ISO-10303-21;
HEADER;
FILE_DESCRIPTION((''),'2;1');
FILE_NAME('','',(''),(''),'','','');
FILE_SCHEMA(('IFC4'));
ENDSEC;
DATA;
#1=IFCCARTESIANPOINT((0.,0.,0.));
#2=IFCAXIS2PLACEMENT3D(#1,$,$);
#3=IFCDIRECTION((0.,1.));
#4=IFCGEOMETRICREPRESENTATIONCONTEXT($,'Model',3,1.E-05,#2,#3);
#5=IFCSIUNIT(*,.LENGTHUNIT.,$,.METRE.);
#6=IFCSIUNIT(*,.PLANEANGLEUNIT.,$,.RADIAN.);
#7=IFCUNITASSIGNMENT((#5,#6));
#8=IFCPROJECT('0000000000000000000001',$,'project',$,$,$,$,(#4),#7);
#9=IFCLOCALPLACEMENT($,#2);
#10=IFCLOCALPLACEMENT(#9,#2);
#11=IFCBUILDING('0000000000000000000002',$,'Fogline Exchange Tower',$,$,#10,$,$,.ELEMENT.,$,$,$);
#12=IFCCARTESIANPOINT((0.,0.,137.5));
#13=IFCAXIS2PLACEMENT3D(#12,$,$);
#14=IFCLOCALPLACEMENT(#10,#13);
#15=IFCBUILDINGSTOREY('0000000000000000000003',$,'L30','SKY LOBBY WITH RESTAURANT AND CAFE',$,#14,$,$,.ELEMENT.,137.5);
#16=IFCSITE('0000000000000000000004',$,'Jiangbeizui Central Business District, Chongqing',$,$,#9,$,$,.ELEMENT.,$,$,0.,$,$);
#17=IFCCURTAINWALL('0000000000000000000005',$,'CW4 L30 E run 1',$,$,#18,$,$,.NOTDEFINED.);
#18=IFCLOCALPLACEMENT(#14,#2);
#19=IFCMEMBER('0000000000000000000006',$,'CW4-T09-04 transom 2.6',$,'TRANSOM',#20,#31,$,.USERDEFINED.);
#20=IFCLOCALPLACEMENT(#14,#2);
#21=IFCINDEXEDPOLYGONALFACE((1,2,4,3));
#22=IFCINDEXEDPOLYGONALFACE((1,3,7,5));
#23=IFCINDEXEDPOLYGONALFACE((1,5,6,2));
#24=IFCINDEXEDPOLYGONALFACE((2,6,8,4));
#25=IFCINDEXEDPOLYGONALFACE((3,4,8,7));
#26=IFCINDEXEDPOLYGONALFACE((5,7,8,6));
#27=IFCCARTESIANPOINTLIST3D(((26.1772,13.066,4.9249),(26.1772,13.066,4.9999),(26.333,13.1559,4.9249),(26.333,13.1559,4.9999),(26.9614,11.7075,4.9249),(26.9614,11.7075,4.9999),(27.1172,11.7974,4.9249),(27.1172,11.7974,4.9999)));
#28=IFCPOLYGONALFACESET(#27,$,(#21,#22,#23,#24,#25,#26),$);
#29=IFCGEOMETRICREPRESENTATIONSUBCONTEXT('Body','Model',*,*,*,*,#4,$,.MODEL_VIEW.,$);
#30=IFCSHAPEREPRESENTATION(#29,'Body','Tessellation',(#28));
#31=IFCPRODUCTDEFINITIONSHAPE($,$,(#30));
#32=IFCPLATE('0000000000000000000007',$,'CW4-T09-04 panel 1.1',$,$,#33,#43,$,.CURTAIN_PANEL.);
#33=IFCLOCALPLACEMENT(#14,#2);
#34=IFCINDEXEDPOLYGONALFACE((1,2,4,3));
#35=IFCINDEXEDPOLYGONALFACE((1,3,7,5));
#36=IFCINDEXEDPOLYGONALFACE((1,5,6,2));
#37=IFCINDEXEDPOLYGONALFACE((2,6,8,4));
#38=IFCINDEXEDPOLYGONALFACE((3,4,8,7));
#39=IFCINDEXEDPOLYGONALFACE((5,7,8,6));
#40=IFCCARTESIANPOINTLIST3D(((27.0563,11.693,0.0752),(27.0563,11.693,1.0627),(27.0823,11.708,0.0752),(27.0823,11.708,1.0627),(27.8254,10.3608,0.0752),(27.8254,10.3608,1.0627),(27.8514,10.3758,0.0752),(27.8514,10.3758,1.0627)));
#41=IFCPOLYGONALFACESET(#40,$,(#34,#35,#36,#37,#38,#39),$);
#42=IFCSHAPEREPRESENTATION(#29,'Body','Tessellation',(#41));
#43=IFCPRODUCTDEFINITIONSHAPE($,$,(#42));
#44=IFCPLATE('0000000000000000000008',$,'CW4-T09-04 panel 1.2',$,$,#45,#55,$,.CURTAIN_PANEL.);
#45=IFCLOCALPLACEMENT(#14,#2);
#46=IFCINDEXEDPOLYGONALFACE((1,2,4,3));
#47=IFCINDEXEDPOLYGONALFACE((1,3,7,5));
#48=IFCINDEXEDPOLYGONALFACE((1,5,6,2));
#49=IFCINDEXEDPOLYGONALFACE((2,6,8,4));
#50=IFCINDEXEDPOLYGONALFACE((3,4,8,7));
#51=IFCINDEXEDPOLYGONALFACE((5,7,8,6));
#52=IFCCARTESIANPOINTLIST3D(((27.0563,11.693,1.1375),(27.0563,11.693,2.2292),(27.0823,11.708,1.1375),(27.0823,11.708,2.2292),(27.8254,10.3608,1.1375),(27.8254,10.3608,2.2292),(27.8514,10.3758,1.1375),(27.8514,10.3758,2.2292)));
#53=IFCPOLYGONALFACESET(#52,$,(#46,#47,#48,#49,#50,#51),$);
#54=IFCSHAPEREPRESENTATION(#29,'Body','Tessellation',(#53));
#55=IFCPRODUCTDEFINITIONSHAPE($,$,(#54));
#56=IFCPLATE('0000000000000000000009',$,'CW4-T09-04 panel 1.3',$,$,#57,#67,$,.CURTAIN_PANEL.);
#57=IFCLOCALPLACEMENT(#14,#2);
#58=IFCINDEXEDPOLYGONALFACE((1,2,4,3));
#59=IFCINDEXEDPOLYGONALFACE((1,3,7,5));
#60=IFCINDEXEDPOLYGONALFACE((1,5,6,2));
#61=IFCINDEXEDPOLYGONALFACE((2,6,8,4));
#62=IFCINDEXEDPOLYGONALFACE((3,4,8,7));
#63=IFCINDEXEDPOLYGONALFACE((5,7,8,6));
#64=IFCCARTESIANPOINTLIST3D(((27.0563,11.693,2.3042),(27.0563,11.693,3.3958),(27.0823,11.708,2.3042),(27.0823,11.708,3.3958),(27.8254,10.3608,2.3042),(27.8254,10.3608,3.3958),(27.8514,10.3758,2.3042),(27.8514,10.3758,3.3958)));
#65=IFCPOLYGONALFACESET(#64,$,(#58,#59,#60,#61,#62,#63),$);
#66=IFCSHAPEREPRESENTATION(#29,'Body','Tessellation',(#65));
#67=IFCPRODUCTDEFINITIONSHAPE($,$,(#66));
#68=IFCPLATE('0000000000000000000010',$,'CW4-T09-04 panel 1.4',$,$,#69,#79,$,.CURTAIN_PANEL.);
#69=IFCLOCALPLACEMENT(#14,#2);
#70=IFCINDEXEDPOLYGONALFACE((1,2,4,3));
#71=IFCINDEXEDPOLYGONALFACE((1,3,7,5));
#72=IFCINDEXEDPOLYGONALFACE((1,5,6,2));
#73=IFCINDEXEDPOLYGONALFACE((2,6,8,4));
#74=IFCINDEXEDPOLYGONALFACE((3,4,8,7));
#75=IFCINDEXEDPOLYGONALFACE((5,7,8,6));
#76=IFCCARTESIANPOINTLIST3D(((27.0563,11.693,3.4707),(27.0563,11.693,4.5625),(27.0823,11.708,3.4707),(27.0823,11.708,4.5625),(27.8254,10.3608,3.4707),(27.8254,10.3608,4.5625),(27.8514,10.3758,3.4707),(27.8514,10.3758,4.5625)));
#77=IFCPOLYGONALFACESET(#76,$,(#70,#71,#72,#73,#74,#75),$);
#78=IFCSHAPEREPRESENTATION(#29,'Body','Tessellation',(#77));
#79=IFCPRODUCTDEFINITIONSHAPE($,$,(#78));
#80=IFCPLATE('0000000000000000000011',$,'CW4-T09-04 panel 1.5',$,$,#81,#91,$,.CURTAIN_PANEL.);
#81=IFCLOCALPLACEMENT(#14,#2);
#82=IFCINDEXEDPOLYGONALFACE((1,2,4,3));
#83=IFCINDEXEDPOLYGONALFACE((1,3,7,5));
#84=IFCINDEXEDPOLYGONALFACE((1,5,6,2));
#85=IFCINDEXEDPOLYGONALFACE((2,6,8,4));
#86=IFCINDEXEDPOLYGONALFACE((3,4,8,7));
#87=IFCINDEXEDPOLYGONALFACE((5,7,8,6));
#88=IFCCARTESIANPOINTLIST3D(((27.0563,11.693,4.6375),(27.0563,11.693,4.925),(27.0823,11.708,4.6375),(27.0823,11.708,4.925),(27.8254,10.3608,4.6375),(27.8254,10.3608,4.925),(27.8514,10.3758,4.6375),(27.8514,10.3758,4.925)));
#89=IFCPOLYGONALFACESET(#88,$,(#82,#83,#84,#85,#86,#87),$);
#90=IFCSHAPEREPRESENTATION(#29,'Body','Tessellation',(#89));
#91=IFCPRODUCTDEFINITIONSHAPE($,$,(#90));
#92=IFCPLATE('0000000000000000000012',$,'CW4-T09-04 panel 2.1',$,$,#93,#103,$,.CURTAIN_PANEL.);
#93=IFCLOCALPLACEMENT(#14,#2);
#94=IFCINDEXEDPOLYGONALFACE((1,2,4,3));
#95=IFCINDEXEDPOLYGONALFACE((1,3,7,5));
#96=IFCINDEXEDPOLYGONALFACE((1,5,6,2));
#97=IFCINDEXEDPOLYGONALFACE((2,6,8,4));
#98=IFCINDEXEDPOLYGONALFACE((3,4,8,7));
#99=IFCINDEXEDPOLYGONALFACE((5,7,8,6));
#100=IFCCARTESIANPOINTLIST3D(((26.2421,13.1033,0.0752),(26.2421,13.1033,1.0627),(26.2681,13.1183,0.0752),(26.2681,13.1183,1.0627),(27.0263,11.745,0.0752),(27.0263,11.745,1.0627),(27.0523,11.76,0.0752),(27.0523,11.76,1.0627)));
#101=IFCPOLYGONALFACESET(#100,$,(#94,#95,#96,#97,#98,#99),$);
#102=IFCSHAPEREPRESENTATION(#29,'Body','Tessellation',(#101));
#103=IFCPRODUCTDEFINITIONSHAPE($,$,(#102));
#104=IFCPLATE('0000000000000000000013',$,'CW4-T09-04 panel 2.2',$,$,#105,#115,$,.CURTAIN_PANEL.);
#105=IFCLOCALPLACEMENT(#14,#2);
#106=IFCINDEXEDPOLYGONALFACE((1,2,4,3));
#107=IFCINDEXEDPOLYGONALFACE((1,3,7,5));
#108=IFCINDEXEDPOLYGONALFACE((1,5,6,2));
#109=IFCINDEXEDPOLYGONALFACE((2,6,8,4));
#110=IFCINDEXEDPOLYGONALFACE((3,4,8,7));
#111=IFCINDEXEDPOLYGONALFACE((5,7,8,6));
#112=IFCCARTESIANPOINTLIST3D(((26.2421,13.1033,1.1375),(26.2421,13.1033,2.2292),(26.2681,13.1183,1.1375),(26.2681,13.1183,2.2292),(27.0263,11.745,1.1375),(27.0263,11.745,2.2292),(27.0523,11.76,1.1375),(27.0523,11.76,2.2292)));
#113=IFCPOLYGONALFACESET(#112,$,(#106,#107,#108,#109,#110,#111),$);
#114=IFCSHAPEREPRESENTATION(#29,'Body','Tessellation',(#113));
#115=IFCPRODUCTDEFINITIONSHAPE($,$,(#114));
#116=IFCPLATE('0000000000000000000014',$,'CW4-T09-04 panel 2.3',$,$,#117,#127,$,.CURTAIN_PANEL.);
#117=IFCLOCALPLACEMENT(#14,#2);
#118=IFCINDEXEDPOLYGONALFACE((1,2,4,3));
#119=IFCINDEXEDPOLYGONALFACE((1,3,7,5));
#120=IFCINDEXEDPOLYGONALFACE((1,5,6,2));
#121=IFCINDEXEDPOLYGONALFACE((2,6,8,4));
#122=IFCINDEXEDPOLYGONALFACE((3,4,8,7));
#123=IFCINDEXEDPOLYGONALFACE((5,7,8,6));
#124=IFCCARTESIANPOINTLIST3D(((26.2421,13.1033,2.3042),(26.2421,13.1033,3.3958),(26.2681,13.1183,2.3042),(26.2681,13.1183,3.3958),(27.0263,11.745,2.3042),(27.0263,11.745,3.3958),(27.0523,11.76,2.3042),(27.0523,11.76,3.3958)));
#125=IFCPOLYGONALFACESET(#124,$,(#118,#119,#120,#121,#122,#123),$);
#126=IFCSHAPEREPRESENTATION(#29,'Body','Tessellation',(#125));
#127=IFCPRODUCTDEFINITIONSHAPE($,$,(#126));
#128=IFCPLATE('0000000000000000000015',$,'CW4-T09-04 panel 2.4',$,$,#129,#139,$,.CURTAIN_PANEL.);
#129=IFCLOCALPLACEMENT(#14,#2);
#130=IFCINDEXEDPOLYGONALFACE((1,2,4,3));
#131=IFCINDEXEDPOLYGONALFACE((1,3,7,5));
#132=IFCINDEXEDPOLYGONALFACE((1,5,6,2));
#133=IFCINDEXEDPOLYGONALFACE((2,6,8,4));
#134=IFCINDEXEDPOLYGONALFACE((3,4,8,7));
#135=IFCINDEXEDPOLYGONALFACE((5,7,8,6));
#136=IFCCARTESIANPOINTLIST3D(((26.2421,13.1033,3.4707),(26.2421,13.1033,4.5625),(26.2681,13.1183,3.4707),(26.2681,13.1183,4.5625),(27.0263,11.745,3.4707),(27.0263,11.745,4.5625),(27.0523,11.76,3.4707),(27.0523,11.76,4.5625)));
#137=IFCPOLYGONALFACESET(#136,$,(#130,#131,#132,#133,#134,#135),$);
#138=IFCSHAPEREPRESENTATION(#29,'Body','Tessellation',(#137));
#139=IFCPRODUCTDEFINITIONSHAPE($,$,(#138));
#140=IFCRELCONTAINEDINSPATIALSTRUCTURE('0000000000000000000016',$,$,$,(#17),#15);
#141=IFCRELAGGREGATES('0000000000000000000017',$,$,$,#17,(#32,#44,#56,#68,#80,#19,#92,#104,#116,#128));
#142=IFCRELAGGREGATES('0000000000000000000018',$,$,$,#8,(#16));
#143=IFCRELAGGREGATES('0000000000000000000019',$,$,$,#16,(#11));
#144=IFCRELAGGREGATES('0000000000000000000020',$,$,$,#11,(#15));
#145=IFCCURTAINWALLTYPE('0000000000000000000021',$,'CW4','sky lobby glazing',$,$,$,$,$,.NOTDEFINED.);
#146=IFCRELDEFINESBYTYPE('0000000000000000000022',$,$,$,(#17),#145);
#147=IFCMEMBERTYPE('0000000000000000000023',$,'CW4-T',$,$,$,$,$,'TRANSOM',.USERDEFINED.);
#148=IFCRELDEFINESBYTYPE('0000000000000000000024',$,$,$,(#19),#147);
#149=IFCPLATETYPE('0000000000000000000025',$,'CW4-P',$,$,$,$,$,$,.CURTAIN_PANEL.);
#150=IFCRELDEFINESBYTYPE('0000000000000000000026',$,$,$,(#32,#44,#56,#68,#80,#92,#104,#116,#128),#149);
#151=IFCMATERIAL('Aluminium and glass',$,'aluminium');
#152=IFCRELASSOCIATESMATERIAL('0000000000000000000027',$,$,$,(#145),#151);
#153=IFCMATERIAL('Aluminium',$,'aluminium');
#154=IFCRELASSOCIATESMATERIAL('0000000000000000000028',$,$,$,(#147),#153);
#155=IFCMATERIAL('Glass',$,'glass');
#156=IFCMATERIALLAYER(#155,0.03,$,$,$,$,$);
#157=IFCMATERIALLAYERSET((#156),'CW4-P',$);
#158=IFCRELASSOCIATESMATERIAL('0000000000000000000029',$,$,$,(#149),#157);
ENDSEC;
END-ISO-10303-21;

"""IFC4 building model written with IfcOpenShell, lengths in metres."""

from ifc_helpers import new_model, si_unit, direction, frame, origin, origin_2d, place, context, subcontext, project, spatial, rectangle, extrude, material, layer, layer_set, material_profile, profile_set, type_object, element, aggregate, save


model = new_model("IFC4")

# Units and contexts
model_context = context("Model", 3, precision=1e-05, world=origin(), true_north=direction((0.0, 1.0)))
body_context = subcontext(model_context, "Body", "Model", "MODEL_VIEW")
ifc_project = project(units=[si_unit("LENGTHUNIT", "METRE"), si_unit("PLANEANGLEUNIT", "RADIAN")], contexts=[model_context])

# Site, building, storey
site_placement = place(None, origin())
site = spatial("IfcSite", under=ifc_project, at=site_placement, Name="Jiangbeizui Central Business District, Chongqing", CompositionType="ELEMENT", RefElevation=0.0)
building_placement = place(site_placement, origin())
building = spatial("IfcBuilding", under=site, at=building_placement, Name="Fogline Exchange Tower", CompositionType="ELEMENT")
storey_placement = place(building_placement, frame((0.0, 0.0, 137.5)))
storey = spatial("IfcBuildingStorey", under=building, at=storey_placement, Name="L30", Description="SKY LOBBY WITH RESTAURANT AND CAFE", CompositionType="ELEMENT", Elevation=137.5)

# Curtain wall, member, plates
ifc_material_1 = material(Name="Aluminium and glass", Category="aluminium")
curtain_wall_type = type_object("IfcCurtainWallType", Name="CW4", Description="sky lobby glazing", PredefinedType="NOTDEFINED", material=ifc_material_1)
curtain_wall_placement = place(storey_placement, origin())
curtain_wall = element("IfcCurtainWall", 1, at=curtain_wall_placement, inside=storey, type_object=curtain_wall_type, Name="CW4 L30 E run 1", PredefinedType="NOTDEFINED")
ifc_material_2 = material(Name="Aluminium", Category="aluminium")
ifc_material_profile_1 = material_profile(ifc_material_2, rectangle(XDim=0.1799, YDim=0.075, at=origin_2d()), Name="Transom 75x180")
ifc_profile_set_1 = profile_set([ifc_material_profile_1], Name="Aluminium")
member_type_1 = type_object("IfcMemberType", Name="CW4-T", ElementType="TRANSOM", PredefinedType="USERDEFINED", material=ifc_profile_set_1)
member_1_placement = place(storey_placement, frame((27.0393, 11.7524, 4.9624), z_axis=(-0.499956, 0.866051, 0.0), x_axis=(-0.866051, -0.499956, 0.0)))
member_1 = element("IfcMember", 2, at=member_1_placement, type_object=member_type_1, Name="CW4-T09-04 transom 2.6", ObjectType="TRANSOM", PredefinedType="USERDEFINED", context=body_context, shape_type="SweptSolid", body=[
    extrude(rectangle(XDim=0.1799, YDim=0.075, at=origin_2d()), origin(), (0.0, 0.0, 1.0), 1.5686),
])
ifc_material_3 = material(Name="Glass", Category="glass")
ifc_layer = layer(ifc_material_3, 0.03)
ifc_layer_set = layer_set([ifc_layer], Name="CW4-P")
plate_type = type_object("IfcPlateType", Name="CW4-P", PredefinedType="CURTAIN_PANEL", material=ifc_layer_set)
plate_1_placement = place(storey_placement, frame((27.4539, 11.0344, 0.0752), z_axis=(0.0, 0.0, 1.0), x_axis=(-0.499999, 0.866026, 0.0)))
plate_1 = element("IfcPlate", 3, at=plate_1_placement, type_object=plate_type, Name="CW4-T09-04 panel 1.1", PredefinedType="CURTAIN_PANEL", context=body_context, shape_type="SweptSolid", body=[
    extrude(rectangle(XDim=1.5383, YDim=0.03, at=origin_2d()), origin(), (0.0, 0.0, 1.0), 0.9875),
])
plate_2_placement = place(storey_placement, frame((27.4539, 11.0344, 1.1375), z_axis=(0.0, 0.0, 1.0), x_axis=(-0.499999, 0.866026, 0.0)))
plate_2 = element("IfcPlate", 4, at=plate_2_placement, type_object=plate_type, Name="CW4-T09-04 panel 1.2", PredefinedType="CURTAIN_PANEL", context=body_context, shape_type="SweptSolid", body=[
    extrude(rectangle(XDim=1.5383, YDim=0.03, at=origin_2d()), origin(), (0.0, 0.0, 1.0), 1.0918),
])
plate_3_placement = place(storey_placement, frame((27.4539, 11.0344, 2.3042), z_axis=(0.0, 0.0, 1.0), x_axis=(-0.499999, 0.866026, 0.0)))
plate_3 = element("IfcPlate", 5, at=plate_3_placement, type_object=plate_type, Name="CW4-T09-04 panel 1.3", PredefinedType="CURTAIN_PANEL", context=body_context, shape_type="SweptSolid", body=[
    extrude(rectangle(XDim=1.5383, YDim=0.03, at=origin_2d()), origin(), (0.0, 0.0, 1.0), 1.0916),
])
plate_4_placement = place(storey_placement, frame((27.4539, 11.0344, 3.4707), z_axis=(0.0, 0.0, 1.0), x_axis=(-0.499999, 0.866026, 0.0)))
plate_4 = element("IfcPlate", 6, at=plate_4_placement, type_object=plate_type, Name="CW4-T09-04 panel 1.4", PredefinedType="CURTAIN_PANEL", context=body_context, shape_type="SweptSolid", body=[
    extrude(rectangle(XDim=1.5383, YDim=0.03, at=origin_2d()), origin(), (0.0, 0.0, 1.0), 1.0918),
])
plate_5_placement = place(storey_placement, frame((27.4539, 11.0344, 4.6375), z_axis=(0.0, 0.0, 1.0), x_axis=(-0.499999, 0.866026, 0.0)))
plate_5 = element("IfcPlate", 7, at=plate_5_placement, type_object=plate_type, Name="CW4-T09-04 panel 1.5", PredefinedType="CURTAIN_PANEL", context=body_context, shape_type="SweptSolid", body=[
    extrude(rectangle(XDim=1.5383, YDim=0.03, at=origin_2d()), origin(), (0.0, 0.0, 1.0), 0.2876),
])
plate_6_placement = place(storey_placement, frame((26.6472, 12.4316, 0.0752), z_axis=(0.0, 0.0, 1.0), x_axis=(-0.499999, 0.866026, 0.0)))
plate_6 = element("IfcPlate", 8, at=plate_6_placement, type_object=plate_type, Name="CW4-T09-04 panel 2.1", PredefinedType="CURTAIN_PANEL", context=body_context, shape_type="SweptSolid", body=[
    extrude(rectangle(XDim=1.5684, YDim=0.03, at=origin_2d()), origin(), (0.0, 0.0, 1.0), 0.9875),
])
plate_7_placement = place(storey_placement, frame((26.6472, 12.4316, 1.1375), z_axis=(0.0, 0.0, 1.0), x_axis=(-0.499999, 0.866026, 0.0)))
plate_7 = element("IfcPlate", 9, at=plate_7_placement, type_object=plate_type, Name="CW4-T09-04 panel 2.2", PredefinedType="CURTAIN_PANEL", context=body_context, shape_type="SweptSolid", body=[
    extrude(rectangle(XDim=1.5684, YDim=0.03, at=origin_2d()), origin(), (0.0, 0.0, 1.0), 1.0918),
])
plate_8_placement = place(storey_placement, frame((26.6472, 12.4316, 2.3042), z_axis=(0.0, 0.0, 1.0), x_axis=(-0.499999, 0.866026, 0.0)))
plate_8 = element("IfcPlate", 10, at=plate_8_placement, type_object=plate_type, Name="CW4-T09-04 panel 2.3", PredefinedType="CURTAIN_PANEL", context=body_context, shape_type="SweptSolid", body=[
    extrude(rectangle(XDim=1.5684, YDim=0.03, at=origin_2d()), origin(), (0.0, 0.0, 1.0), 1.0916),
])
plate_9_placement = place(storey_placement, frame((26.6472, 12.4316, 3.4707), z_axis=(0.0, 0.0, 1.0), x_axis=(-0.499999, 0.866026, 0.0)))
plate_9 = element("IfcPlate", 11, at=plate_9_placement, type_object=plate_type, Name="CW4-T09-04 panel 2.4", PredefinedType="CURTAIN_PANEL", context=body_context, shape_type="SweptSolid", body=[
    extrude(rectangle(XDim=1.5684, YDim=0.03, at=origin_2d()), origin(), (0.0, 0.0, 1.0), 1.0918),
])
aggregate(curtain_wall, [plate_1, plate_2, plate_3, plate_4, plate_5, member_1, plate_6, plate_7, plate_8, plate_9])

save(model, "model.ifc")
